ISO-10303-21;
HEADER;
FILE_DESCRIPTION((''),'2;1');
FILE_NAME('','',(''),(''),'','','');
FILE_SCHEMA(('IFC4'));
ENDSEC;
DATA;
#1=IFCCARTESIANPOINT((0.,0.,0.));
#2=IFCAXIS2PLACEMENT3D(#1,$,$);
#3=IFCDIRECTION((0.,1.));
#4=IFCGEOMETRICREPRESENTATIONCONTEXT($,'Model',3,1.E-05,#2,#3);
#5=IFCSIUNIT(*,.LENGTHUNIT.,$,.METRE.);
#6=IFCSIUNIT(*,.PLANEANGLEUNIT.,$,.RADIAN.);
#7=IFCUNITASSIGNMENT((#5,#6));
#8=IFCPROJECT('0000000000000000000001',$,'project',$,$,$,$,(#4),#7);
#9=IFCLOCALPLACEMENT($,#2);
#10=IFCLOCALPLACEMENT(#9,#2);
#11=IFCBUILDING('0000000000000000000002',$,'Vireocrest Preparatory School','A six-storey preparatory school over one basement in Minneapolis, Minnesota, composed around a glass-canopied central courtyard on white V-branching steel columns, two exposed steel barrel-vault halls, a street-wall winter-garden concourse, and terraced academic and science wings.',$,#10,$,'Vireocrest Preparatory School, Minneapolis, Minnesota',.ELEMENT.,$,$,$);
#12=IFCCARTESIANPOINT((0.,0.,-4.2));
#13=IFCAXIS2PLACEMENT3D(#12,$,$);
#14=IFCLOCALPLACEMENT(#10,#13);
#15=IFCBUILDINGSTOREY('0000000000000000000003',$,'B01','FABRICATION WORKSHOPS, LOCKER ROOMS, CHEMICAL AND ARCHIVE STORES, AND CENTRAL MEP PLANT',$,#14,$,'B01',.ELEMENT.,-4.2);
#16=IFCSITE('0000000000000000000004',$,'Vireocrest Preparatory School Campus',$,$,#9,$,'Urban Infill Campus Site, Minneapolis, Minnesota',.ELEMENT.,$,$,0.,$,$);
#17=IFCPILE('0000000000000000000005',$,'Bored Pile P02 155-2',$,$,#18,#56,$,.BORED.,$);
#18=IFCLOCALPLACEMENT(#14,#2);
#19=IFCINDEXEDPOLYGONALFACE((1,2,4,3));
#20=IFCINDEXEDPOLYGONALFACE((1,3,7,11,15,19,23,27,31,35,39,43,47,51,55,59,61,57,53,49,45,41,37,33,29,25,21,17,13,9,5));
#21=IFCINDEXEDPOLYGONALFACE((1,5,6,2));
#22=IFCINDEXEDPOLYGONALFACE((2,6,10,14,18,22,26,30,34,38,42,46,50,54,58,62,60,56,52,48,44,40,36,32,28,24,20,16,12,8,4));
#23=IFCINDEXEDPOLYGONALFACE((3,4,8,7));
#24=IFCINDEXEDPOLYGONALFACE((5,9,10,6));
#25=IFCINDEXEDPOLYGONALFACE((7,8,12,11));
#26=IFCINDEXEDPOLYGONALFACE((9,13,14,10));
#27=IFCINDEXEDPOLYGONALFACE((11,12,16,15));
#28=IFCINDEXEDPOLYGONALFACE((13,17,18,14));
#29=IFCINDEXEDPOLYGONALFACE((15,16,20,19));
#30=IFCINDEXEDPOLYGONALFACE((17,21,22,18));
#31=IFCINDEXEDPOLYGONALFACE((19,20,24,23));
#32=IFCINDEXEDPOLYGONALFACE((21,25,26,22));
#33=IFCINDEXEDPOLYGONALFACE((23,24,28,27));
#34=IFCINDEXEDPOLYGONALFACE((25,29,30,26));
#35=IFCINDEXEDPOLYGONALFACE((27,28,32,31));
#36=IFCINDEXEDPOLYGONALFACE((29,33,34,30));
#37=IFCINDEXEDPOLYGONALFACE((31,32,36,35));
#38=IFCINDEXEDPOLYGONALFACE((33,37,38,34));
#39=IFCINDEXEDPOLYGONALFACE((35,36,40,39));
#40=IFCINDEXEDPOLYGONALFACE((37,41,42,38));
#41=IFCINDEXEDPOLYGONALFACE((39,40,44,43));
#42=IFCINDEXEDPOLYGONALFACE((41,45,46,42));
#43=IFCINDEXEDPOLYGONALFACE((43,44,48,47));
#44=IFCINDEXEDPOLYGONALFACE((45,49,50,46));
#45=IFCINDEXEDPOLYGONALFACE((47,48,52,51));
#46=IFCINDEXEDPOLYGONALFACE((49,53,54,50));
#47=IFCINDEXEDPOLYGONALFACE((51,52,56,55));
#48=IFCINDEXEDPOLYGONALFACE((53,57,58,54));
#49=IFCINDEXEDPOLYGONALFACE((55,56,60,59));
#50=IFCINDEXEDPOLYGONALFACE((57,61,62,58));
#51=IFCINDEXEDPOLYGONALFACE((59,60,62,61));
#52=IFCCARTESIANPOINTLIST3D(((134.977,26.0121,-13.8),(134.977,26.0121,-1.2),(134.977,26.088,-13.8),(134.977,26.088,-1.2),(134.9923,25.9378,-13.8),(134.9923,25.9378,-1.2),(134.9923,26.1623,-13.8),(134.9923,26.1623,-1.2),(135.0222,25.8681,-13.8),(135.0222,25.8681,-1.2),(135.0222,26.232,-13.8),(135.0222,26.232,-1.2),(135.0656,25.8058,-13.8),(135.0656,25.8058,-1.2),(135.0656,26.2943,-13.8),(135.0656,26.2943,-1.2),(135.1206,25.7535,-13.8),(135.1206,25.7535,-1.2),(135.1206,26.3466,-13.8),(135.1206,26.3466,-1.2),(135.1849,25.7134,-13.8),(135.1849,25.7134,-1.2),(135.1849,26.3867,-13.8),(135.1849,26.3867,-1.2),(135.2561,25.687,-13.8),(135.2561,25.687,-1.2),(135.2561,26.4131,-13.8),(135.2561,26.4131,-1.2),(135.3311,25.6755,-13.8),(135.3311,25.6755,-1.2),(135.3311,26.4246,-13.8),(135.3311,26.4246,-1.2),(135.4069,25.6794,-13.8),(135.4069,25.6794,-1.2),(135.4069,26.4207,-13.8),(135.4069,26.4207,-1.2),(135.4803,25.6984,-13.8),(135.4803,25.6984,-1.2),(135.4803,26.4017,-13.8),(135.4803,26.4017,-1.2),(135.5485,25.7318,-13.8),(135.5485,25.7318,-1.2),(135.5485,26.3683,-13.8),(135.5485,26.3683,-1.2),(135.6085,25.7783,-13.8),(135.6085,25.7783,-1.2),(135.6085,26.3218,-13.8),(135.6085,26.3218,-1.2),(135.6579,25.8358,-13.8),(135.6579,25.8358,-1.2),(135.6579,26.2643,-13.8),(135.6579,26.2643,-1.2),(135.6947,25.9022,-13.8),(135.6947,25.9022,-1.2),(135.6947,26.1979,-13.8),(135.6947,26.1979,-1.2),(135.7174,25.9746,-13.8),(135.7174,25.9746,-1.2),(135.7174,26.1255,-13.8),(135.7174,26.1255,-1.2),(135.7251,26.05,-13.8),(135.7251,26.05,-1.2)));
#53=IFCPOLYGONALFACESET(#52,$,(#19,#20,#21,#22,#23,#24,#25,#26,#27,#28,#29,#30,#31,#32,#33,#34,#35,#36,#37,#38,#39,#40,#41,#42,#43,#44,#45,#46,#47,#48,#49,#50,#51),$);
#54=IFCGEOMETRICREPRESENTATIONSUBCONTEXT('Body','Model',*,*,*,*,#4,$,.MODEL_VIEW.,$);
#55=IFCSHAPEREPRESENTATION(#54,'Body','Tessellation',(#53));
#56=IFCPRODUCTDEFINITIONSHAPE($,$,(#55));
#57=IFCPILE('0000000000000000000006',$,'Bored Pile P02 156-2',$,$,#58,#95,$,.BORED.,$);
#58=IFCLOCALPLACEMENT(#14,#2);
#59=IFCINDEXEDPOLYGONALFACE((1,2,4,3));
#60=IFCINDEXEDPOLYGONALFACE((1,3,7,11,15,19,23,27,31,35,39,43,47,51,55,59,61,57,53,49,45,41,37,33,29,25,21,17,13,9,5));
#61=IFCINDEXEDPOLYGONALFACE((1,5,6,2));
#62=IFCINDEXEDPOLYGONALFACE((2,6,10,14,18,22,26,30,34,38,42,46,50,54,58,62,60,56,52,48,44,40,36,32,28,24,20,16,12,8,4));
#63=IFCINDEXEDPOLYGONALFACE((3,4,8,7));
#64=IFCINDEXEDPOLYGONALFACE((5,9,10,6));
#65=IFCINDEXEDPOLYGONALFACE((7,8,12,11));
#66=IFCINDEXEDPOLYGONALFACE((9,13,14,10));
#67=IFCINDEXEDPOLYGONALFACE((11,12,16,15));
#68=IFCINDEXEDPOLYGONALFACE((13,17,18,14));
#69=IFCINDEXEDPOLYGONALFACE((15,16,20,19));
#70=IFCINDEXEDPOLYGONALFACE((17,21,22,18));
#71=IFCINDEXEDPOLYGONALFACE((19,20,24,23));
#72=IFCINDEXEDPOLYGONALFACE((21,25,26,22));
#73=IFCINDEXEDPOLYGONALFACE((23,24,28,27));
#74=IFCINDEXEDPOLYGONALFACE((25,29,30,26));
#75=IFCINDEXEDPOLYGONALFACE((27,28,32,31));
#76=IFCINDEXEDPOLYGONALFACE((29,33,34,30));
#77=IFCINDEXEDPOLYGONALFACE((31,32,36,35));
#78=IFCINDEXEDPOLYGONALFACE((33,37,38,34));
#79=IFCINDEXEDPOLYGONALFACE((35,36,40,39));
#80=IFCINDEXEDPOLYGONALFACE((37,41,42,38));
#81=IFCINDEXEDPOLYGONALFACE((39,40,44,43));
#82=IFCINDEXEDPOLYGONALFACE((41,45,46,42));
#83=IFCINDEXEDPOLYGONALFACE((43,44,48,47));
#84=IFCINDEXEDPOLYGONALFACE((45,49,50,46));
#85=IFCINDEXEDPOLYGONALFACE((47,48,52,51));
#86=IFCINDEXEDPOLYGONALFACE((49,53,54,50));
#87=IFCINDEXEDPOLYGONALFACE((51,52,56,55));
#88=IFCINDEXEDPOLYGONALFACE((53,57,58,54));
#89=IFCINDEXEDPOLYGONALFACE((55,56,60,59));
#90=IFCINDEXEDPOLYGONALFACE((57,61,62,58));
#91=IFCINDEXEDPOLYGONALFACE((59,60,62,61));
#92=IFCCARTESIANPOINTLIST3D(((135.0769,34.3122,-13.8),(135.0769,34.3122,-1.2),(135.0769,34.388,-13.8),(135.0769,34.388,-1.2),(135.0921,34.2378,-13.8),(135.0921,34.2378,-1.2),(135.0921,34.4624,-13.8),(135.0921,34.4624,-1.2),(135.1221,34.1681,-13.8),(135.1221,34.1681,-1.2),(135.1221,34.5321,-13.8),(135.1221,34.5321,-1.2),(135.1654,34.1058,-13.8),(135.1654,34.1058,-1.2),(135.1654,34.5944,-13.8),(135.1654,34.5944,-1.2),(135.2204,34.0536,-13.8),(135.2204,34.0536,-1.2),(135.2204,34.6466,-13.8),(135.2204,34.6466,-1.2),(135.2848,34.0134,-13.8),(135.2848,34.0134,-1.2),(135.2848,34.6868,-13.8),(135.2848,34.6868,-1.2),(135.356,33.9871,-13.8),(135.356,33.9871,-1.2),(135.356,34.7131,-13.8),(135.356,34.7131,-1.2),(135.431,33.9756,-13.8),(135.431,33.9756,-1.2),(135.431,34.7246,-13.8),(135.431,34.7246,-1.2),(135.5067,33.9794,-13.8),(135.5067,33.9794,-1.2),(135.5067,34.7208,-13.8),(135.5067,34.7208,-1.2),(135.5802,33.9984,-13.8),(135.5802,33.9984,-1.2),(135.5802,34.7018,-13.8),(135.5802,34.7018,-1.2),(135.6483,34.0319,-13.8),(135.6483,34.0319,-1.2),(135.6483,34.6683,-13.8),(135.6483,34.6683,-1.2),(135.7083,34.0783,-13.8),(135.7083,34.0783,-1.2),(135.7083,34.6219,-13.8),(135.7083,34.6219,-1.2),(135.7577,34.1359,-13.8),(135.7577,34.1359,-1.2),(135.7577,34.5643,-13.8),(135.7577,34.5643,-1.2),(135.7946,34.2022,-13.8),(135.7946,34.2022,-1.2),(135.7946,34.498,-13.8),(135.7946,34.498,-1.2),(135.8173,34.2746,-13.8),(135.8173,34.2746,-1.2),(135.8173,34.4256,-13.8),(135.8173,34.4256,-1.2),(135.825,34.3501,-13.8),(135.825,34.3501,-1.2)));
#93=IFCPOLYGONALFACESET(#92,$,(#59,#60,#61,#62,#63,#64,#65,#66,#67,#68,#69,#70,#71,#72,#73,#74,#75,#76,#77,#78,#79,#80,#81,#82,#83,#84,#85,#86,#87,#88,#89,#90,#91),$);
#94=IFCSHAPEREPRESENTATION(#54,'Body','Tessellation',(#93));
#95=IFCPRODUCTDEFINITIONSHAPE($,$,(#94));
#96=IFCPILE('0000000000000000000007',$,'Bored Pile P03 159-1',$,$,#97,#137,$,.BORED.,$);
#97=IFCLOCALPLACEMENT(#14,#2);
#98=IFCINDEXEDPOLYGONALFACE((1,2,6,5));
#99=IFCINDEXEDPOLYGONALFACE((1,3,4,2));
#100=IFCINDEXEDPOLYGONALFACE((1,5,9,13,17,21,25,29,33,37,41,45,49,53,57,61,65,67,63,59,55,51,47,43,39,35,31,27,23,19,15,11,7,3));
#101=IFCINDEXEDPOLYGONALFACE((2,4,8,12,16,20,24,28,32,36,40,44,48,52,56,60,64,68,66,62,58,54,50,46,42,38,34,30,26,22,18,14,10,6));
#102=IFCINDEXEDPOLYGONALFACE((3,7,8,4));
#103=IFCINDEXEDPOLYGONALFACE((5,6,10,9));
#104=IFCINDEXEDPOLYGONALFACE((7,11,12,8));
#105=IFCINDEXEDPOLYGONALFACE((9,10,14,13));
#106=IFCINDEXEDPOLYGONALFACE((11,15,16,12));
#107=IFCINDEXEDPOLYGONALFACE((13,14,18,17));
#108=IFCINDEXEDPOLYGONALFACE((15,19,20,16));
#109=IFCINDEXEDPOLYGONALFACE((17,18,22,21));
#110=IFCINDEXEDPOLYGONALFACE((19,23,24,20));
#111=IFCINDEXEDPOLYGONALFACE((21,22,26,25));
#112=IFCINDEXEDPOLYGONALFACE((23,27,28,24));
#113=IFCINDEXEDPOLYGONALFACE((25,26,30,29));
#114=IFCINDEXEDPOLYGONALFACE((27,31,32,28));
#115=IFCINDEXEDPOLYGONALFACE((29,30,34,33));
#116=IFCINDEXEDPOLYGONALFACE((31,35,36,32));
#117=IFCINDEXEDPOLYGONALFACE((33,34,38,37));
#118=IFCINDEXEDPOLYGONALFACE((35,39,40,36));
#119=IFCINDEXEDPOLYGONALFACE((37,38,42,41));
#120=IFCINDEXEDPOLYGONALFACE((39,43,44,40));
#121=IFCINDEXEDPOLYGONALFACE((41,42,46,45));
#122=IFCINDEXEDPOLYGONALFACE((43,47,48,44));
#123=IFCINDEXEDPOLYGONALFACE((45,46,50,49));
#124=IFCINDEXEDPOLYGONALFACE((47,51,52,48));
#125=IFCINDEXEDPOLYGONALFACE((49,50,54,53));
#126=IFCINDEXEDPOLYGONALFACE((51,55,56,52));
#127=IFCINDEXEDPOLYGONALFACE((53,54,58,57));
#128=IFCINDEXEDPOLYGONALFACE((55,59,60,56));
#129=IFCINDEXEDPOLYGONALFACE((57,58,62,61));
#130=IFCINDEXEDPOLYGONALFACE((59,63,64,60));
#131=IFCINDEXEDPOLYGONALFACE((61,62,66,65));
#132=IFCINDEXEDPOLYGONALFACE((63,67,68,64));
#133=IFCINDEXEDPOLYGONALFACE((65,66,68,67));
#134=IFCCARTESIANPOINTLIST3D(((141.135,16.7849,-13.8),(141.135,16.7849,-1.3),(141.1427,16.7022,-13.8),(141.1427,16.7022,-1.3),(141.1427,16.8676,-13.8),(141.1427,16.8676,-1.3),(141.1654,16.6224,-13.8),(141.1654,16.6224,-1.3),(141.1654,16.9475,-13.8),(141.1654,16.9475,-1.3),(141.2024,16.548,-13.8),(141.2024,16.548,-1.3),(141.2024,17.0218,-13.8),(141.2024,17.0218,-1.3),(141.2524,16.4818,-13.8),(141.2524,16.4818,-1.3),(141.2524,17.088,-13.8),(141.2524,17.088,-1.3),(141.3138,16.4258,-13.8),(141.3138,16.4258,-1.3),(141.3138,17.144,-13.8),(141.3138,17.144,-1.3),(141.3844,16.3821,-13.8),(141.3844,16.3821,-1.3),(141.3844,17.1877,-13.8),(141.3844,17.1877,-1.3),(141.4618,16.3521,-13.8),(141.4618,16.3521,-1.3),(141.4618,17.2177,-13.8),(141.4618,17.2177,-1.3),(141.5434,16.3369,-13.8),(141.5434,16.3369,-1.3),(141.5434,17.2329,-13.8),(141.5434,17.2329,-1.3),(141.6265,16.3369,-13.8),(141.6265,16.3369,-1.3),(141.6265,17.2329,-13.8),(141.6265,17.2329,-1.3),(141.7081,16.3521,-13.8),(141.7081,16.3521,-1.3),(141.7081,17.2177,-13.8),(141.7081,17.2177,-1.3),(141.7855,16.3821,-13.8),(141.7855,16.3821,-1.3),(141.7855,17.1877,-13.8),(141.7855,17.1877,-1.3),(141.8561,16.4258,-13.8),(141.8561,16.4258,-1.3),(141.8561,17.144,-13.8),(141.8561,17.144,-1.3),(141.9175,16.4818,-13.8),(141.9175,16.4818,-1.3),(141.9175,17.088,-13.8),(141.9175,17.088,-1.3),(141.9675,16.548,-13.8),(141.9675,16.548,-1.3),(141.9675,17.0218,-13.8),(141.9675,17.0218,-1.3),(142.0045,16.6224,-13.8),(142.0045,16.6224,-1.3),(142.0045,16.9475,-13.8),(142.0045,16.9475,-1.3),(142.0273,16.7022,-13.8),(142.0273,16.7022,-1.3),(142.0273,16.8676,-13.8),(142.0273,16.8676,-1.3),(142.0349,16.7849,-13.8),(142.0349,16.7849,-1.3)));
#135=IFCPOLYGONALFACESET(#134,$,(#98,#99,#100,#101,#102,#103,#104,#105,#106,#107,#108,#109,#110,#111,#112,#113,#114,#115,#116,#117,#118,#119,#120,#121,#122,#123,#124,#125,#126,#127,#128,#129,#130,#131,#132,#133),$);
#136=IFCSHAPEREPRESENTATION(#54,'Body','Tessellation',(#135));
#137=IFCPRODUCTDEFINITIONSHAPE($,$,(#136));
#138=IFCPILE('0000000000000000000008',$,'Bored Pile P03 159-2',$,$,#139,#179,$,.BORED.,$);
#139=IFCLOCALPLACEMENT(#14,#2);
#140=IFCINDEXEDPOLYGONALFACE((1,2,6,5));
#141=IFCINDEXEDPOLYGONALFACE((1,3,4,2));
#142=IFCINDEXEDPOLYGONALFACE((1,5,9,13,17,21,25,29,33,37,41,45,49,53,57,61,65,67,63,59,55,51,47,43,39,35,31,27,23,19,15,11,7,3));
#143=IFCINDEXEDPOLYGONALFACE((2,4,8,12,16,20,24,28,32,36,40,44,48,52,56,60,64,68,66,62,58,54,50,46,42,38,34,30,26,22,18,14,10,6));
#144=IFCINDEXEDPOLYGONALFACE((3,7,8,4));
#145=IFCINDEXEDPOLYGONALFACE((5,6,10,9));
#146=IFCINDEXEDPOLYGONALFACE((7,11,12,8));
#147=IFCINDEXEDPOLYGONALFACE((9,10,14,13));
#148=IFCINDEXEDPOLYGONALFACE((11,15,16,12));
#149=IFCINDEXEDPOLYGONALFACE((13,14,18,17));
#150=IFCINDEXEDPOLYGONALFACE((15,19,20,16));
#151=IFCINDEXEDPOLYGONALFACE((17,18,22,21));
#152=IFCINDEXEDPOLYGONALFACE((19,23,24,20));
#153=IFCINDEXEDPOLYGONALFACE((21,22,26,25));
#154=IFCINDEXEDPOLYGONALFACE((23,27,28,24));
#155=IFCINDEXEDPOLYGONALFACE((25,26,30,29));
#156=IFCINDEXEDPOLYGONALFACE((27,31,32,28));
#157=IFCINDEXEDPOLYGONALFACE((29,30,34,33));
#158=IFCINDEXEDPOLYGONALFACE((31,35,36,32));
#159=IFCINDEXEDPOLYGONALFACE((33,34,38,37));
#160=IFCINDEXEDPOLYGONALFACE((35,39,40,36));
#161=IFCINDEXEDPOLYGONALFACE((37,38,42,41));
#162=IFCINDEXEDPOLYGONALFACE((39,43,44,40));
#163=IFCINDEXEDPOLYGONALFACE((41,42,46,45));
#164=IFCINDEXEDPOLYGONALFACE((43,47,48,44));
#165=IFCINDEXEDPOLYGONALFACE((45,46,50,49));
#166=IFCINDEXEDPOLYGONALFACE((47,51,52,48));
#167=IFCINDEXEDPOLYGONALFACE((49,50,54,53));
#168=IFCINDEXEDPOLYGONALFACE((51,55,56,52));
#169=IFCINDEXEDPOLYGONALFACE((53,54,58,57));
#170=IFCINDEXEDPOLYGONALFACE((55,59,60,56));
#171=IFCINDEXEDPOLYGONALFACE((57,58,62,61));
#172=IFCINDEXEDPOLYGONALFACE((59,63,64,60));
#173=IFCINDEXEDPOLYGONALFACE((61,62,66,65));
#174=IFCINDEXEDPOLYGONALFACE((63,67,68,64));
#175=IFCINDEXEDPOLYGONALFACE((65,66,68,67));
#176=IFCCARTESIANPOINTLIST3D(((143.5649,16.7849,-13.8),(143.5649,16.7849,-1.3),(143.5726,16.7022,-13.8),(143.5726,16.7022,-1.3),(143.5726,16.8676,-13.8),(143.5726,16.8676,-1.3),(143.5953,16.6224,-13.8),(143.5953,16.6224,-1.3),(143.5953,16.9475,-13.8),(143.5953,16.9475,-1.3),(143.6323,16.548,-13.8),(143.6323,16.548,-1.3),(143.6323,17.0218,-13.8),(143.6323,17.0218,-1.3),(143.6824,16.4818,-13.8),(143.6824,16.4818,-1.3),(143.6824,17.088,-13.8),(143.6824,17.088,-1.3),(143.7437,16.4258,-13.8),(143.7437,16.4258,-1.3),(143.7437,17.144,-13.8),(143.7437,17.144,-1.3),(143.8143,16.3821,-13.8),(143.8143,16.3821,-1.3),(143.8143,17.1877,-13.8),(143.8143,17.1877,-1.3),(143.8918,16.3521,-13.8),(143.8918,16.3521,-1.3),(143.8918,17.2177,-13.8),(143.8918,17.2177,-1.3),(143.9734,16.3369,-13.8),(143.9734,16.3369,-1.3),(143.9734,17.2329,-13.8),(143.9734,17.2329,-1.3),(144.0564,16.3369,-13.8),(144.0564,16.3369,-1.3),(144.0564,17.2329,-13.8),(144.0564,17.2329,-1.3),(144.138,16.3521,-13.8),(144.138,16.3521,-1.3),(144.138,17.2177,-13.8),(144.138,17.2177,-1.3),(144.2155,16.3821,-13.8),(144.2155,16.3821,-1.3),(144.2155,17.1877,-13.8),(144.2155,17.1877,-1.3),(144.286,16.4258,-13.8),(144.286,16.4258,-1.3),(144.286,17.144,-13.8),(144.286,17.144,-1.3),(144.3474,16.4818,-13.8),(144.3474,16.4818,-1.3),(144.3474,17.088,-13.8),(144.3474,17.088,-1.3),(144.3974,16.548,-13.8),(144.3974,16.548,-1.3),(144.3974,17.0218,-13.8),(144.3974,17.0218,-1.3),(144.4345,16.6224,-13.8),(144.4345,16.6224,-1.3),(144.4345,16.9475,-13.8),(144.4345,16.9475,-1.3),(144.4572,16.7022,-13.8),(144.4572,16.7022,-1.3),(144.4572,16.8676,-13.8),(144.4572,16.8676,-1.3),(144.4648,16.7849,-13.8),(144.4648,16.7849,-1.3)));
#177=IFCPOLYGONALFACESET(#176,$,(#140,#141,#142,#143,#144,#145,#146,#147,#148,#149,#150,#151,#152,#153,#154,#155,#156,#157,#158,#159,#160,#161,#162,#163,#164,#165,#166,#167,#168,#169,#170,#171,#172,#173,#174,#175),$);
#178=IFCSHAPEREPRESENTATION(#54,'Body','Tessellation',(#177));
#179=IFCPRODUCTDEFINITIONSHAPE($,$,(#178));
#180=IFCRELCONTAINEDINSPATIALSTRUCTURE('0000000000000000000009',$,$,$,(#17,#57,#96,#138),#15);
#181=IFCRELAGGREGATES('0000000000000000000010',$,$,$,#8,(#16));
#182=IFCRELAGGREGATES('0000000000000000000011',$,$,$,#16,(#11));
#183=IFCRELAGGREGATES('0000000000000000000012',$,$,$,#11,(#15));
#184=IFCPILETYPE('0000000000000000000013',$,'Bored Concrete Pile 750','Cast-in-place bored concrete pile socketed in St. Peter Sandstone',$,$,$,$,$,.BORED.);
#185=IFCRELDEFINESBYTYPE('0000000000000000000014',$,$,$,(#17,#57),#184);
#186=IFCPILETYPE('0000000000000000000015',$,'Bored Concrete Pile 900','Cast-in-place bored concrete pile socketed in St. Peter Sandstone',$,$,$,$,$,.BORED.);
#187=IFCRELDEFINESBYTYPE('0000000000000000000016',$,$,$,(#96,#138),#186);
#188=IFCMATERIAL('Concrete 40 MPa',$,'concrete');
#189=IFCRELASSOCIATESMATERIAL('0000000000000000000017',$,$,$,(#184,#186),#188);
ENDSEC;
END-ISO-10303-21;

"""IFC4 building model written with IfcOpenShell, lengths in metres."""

from ifc_helpers import new_model, si_unit, direction, frame, origin, origin_2d, place, context, subcontext, project, spatial, circle, extrude, material, material_profile, profile_set, type_object, element, save


model = new_model("IFC4")

# Units and contexts
model_context = context("Model", 3, precision=1e-05, world=origin(), true_north=direction((0.0, 1.0)))
body_context = subcontext(model_context, "Body", "Model", "MODEL_VIEW")
ifc_project = project(units=[si_unit("LENGTHUNIT", "METRE"), si_unit("PLANEANGLEUNIT", "RADIAN")], contexts=[model_context])

# Site, building, storey
site_placement = place(None, origin())
site = spatial("IfcSite", under=ifc_project, at=site_placement, Name="Vireocrest Preparatory School Campus", LongName="Urban Infill Campus Site, Minneapolis, Minnesota", CompositionType="ELEMENT", RefElevation=0.0)
building_placement = place(site_placement, origin())
building = spatial("IfcBuilding", under=site, at=building_placement, Name="Vireocrest Preparatory School", Description="A six-storey preparatory school over one basement in Minneapolis, Minnesota, composed around a glass-canopied central courtyard on white V-branching steel columns, two exposed steel barrel-vault halls, a street-wall winter-garden concourse, and terraced academic and science wings.", LongName="Vireocrest Preparatory School, Minneapolis, Minnesota", CompositionType="ELEMENT")
storey_placement = place(building_placement, frame((0.0, 0.0, -4.2)))
storey = spatial("IfcBuildingStorey", under=building, at=storey_placement, Name="B01", Description="FABRICATION WORKSHOPS, LOCKER ROOMS, CHEMICAL AND ARCHIVE STORES, AND CENTRAL MEP PLANT", LongName="B01", CompositionType="ELEMENT", Elevation=-4.2)

# Piles
ifc_material_1 = material(Name="Concrete 40 MPa", Category="concrete")
ifc_material_profile_1 = material_profile(ifc_material_1, circle(Radius=0.375, at=origin_2d()), Name="BORED PILE 750")
ifc_profile_set_1 = profile_set([ifc_material_profile_1], Name="Concrete 40 MPa")
pile_type_1 = type_object("IfcPileType", Name="Bored Concrete Pile 750", Description="Cast-in-place bored concrete pile socketed in St. Peter Sandstone", PredefinedType="BORED", material=ifc_profile_set_1)
for number, where, z_axis, x_axis, name in (
    (1, (135.3501, 26.05, -1.2), (0.0, 0.0, -1.0), (1.0, 0.0, 0.0), "Bored Pile P02 155-2"),
    (2, (135.45, 34.3501, -1.2), (0.0, 0.0, -1.0), (1.0, 0.0, 0.0), "Bored Pile P02 156-2"),
):
    element("IfcPile", number, at=place(storey_placement, frame(where, z_axis=z_axis, x_axis=x_axis)), inside=storey, type_object=pile_type_1, Name=name, PredefinedType="BORED", context=body_context, shape_type="SweptSolid", body=[
        extrude(circle(Radius=0.375, at=origin_2d()), origin(), (0.0, 0.0, 1.0), 12.6001),
    ])
ifc_material_profile_2 = material_profile(ifc_material_1, circle(Radius=0.45, at=origin_2d()), Name="BORED PILE 900")
ifc_profile_set_2 = profile_set([ifc_material_profile_2], Name="Concrete 40 MPa")
pile_type_2 = type_object("IfcPileType", Name="Bored Concrete Pile 900", Description="Cast-in-place bored concrete pile socketed in St. Peter Sandstone", PredefinedType="BORED", material=ifc_profile_set_2)
for number, where, z_axis, x_axis, name in (
    (3, (141.585, 16.7849, -1.3), (0.0, 0.0, -1.0), (1.0, 0.0, 0.0), "Bored Pile P03 159-1"),
    (4, (144.0149, 16.7849, -1.3), (0.0, 0.0, -1.0), (1.0, 0.0, 0.0), "Bored Pile P03 159-2"),
):
    element("IfcPile", number, at=place(storey_placement, frame(where, z_axis=z_axis, x_axis=x_axis)), inside=storey, type_object=pile_type_2, Name=name, PredefinedType="BORED", context=body_context, shape_type="SweptSolid", body=[
        extrude(circle(Radius=0.45, at=origin_2d()), origin(), (0.0, 0.0, 1.0), 12.5),
    ])

save(model, "model.ifc")
